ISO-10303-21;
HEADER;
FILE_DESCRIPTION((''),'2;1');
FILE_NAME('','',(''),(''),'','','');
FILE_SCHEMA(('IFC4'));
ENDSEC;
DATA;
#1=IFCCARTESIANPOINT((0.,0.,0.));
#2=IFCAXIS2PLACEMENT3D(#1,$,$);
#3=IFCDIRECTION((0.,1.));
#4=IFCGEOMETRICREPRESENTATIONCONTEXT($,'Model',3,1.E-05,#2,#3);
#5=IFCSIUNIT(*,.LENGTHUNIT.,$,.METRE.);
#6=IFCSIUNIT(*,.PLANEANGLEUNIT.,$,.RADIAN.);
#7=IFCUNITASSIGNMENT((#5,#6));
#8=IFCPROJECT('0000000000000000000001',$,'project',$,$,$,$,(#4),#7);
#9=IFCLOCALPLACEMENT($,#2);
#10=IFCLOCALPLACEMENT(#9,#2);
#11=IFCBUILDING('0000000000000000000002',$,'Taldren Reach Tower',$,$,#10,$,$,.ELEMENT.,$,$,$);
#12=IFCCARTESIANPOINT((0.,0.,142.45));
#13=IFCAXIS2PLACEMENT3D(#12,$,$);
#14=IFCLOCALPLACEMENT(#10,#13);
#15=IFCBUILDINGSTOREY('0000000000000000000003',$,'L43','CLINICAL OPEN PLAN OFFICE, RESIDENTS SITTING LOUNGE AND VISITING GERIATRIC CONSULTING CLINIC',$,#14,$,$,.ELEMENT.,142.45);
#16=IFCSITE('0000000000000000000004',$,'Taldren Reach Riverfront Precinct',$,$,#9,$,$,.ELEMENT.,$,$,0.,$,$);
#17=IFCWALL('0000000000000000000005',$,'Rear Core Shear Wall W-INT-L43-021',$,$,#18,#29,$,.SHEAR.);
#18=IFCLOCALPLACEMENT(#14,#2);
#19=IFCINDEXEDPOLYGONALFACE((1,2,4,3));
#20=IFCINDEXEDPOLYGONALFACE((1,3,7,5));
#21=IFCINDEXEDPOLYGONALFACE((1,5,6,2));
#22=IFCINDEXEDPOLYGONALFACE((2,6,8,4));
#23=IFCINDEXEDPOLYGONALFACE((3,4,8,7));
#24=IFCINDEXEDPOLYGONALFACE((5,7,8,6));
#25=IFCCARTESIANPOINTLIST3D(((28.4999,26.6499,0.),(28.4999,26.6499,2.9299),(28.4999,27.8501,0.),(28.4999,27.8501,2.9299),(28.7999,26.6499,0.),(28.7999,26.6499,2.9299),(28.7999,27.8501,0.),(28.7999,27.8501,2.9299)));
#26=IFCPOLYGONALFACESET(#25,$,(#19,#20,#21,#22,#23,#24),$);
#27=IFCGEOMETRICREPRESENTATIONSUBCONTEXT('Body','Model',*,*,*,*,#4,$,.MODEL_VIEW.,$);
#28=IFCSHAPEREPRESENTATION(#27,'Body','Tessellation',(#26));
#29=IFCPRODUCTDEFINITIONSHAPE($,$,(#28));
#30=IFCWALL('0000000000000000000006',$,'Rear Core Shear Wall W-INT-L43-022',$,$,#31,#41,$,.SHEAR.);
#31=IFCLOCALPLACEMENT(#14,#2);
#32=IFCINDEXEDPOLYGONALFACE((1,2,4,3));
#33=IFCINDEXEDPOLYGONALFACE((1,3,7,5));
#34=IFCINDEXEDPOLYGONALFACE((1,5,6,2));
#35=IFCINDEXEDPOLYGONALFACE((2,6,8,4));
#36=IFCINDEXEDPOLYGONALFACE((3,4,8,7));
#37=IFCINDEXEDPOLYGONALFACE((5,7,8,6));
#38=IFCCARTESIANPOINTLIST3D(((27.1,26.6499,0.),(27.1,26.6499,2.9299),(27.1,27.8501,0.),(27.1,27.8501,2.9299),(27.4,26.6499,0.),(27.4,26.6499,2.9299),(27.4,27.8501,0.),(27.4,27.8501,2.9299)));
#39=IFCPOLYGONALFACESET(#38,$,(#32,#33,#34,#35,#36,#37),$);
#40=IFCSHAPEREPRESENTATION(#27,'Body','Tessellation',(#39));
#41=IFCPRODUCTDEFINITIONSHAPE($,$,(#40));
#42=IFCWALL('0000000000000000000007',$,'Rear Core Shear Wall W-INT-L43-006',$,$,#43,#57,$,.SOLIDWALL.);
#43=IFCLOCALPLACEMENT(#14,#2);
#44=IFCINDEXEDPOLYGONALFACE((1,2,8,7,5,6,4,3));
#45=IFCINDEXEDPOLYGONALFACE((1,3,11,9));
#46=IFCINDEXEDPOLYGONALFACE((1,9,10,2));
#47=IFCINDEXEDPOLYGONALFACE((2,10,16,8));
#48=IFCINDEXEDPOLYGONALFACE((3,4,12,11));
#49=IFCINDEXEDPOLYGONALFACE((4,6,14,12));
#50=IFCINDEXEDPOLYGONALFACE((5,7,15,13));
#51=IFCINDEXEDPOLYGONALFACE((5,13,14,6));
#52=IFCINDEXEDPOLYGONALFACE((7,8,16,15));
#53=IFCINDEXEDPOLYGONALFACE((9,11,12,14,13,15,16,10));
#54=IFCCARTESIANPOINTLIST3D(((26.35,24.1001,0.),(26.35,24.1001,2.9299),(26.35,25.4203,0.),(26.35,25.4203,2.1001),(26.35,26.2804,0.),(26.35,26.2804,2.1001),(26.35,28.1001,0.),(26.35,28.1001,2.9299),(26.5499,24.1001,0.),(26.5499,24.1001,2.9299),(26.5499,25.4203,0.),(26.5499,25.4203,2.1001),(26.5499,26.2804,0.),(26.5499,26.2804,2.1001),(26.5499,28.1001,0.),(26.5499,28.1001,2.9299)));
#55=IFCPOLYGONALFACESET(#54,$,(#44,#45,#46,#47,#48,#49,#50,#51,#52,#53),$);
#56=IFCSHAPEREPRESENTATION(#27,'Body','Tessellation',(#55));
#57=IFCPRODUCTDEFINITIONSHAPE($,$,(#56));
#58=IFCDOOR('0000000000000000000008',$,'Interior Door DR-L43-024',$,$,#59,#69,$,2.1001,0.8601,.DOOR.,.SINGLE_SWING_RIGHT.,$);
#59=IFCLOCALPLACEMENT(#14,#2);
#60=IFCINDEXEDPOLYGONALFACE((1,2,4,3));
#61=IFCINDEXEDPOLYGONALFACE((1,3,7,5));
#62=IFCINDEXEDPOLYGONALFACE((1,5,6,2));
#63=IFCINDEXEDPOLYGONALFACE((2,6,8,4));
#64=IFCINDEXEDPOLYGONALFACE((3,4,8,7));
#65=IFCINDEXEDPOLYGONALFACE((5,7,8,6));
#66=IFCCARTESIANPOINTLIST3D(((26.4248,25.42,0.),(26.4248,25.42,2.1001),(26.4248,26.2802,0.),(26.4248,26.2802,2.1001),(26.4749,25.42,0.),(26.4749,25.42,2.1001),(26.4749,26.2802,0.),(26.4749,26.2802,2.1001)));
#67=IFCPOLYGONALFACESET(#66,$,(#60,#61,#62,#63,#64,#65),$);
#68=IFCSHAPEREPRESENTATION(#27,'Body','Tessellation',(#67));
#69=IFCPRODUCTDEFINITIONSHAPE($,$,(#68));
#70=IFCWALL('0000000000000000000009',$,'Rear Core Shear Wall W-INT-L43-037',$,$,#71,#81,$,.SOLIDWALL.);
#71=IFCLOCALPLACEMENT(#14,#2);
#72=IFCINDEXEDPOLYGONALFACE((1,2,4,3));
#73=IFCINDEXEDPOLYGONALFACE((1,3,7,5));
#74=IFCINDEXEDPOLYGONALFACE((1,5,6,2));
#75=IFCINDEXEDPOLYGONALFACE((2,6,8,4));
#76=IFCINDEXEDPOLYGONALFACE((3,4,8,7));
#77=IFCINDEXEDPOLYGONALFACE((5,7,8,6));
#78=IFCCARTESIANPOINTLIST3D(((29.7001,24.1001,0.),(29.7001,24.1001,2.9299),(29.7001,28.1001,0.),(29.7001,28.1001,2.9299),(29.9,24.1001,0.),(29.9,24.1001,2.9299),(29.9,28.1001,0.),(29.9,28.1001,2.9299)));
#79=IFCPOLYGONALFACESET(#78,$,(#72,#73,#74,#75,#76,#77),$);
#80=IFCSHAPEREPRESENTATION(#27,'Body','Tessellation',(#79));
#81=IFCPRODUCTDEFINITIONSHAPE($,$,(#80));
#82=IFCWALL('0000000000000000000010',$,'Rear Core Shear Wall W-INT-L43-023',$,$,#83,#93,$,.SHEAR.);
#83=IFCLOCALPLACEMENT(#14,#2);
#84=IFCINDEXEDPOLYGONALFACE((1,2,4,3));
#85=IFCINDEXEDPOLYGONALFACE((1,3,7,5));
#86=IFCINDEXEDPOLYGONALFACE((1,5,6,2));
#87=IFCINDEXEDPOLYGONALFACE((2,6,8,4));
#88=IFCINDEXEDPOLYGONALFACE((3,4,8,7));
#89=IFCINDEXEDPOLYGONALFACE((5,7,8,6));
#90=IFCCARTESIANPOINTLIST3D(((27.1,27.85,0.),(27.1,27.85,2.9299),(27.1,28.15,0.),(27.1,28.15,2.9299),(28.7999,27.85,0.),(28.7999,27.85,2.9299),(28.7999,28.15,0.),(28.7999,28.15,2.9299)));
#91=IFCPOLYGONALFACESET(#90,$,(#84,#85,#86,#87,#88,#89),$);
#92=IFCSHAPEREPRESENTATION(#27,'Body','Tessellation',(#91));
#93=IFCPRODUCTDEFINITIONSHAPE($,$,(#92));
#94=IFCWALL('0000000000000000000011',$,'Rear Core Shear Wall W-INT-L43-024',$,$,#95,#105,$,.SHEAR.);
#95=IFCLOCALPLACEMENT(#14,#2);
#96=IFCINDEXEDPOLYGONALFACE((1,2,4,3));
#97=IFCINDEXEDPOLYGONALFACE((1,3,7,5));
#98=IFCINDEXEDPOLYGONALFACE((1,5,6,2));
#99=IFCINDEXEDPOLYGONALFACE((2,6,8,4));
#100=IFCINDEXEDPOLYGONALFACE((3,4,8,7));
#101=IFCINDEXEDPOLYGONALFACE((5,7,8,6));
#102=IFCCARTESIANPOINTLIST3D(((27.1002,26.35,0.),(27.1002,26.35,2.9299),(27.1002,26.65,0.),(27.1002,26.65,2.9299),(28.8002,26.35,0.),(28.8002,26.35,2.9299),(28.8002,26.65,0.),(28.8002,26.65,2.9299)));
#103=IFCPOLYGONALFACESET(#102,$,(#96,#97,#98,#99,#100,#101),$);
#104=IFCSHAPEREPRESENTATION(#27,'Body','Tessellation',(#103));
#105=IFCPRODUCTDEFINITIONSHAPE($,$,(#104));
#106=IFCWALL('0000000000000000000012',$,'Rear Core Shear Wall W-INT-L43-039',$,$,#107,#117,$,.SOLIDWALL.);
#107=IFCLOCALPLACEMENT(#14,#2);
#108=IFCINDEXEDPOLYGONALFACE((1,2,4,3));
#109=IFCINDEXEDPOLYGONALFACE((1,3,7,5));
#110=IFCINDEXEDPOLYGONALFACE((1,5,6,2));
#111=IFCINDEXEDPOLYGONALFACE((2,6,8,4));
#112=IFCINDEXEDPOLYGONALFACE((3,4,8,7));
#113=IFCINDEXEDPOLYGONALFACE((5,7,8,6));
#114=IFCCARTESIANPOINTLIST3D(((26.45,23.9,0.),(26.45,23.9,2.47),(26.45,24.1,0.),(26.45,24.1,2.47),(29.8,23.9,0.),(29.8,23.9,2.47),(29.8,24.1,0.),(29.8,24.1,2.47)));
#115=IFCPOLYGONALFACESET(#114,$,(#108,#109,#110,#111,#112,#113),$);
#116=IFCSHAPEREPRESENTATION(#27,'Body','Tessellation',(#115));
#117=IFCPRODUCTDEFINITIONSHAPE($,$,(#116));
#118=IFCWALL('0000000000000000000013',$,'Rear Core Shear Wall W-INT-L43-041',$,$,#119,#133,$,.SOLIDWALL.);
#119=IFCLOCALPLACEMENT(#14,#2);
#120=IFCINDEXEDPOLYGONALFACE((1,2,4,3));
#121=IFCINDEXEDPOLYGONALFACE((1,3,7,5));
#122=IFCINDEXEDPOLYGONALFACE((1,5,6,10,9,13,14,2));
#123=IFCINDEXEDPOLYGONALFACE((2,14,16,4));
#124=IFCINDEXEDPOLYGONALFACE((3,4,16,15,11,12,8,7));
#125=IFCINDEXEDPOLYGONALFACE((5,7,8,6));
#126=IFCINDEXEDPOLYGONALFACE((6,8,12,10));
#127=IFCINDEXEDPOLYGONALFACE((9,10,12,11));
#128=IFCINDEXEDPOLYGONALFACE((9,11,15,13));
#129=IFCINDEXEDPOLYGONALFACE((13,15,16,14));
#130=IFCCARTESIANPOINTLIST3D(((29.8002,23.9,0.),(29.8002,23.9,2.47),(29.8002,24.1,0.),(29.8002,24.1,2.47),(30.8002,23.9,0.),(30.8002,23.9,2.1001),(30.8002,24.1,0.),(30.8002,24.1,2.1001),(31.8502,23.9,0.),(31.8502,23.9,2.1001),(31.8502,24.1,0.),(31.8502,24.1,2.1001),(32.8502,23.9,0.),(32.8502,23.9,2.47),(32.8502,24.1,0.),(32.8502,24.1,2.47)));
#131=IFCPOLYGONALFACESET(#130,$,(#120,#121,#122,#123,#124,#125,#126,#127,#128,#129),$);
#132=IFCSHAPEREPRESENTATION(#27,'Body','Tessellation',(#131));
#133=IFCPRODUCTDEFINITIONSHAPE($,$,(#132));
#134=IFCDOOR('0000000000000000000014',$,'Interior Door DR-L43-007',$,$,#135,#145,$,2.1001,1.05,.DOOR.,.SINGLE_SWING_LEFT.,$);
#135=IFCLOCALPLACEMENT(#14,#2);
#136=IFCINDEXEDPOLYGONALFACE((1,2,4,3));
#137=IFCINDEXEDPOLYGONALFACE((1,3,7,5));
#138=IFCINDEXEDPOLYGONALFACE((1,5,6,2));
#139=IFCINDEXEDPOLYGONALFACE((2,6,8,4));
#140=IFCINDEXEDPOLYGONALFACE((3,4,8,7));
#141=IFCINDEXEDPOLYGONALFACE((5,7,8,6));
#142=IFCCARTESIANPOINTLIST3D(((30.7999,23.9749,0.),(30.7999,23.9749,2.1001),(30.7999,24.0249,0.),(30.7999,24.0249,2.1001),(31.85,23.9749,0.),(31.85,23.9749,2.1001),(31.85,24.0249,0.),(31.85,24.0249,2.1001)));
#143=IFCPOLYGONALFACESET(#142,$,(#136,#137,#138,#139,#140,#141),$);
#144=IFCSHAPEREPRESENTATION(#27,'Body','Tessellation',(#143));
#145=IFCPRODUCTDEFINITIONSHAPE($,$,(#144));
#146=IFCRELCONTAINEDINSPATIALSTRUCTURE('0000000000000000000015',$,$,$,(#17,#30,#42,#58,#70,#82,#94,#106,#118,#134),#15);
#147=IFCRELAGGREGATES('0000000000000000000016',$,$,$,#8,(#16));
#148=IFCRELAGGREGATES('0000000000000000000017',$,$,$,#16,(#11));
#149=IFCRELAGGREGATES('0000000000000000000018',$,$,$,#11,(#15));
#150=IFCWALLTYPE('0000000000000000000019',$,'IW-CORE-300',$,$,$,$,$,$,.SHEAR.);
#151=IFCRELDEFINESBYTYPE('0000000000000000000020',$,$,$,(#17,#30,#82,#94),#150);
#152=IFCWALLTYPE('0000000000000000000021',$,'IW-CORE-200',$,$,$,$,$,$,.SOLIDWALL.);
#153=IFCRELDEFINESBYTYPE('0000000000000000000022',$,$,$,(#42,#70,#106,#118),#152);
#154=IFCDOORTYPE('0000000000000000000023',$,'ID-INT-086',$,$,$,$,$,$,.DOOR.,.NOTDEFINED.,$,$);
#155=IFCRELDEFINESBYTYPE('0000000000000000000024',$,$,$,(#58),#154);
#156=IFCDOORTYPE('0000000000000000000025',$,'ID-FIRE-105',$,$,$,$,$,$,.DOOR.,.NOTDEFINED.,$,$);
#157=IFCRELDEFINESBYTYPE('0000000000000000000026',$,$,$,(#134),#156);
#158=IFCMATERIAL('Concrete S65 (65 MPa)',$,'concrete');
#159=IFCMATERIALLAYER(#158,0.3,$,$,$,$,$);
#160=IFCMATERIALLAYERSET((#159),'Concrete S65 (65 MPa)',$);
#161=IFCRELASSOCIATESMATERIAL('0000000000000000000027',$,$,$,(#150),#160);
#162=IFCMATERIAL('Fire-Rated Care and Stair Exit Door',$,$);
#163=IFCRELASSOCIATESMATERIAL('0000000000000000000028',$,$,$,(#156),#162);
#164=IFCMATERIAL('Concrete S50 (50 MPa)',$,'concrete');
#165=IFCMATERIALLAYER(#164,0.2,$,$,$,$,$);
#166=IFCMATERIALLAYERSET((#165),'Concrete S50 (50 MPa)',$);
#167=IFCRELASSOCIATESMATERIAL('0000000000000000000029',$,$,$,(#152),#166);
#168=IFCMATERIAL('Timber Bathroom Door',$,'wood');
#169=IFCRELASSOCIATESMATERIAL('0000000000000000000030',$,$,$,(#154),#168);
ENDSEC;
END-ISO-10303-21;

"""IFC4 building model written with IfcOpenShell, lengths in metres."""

from ifc_helpers import new_model, si_unit, direction, frame, frame_2d, origin, place, context, subcontext, project, spatial, rectangle, extrude, source, transform, mapped, material, layer, layer_set, type_object, element, fill, save


model = new_model("IFC4")

# Units and contexts
model_context = context("Model", 3, precision=1e-05, world=origin(), true_north=direction((0.0, 1.0)))
body_context = subcontext(model_context, "Body", "Model", "MODEL_VIEW")
ifc_project = project(units=[si_unit("LENGTHUNIT", "METRE"), si_unit("PLANEANGLEUNIT", "RADIAN")], contexts=[model_context])

# Site, building, storey
site_placement = place(None, origin())
site = spatial("IfcSite", under=ifc_project, at=site_placement, Name="Taldren Reach Riverfront Precinct", CompositionType="ELEMENT", RefElevation=0.0)
building_placement = place(site_placement, origin())
building = spatial("IfcBuilding", under=site, at=building_placement, Name="Taldren Reach Tower", CompositionType="ELEMENT")
storey_placement = place(building_placement, frame((0.0, 0.0, 142.45)))
storey = spatial("IfcBuildingStorey", under=building, at=storey_placement, Name="L43", Description="CLINICAL OPEN PLAN OFFICE, RESIDENTS SITTING LOUNGE AND VISITING GERIATRIC CONSULTING CLINIC", CompositionType="ELEMENT", Elevation=142.45)

# Shared definitions
ifc_material_1 = material(Name="Concrete S65 (65 MPa)", Category="concrete")
ifc_layer_1 = layer(ifc_material_1, 0.3)
ifc_layer_set_1 = layer_set([ifc_layer_1], Name="Concrete S65 (65 MPa)")
wall_type_1 = type_object("IfcWallType", Name="IW-CORE-300", PredefinedType="SHEAR", material=ifc_layer_set_1)
ifc_material_2 = material(Name="Fire-Rated Care and Stair Exit Door")
door_type_1 = type_object("IfcDoorType", Name="ID-FIRE-105", OperationType="NOTDEFINED", PredefinedType="DOOR", material=ifc_material_2)
shared_shape_1 = source(origin(), body_context, "Body", "SweptSolid", [
    extrude(rectangle(XDim=1.05, YDim=2.1001, at=frame_2d((0.5249, 1.05))), frame((0.0, 0.0249, 0.0), z_axis=(0.0, -1.0, 0.0), x_axis=(1.0, 0.0, 0.0)), (0.0, 0.0, 1.0), 0.05),
])

# Shared definitions
ifc_material_3 = material(Name="Concrete S50 (50 MPa)", Category="concrete")
ifc_layer_2 = layer(ifc_material_3, 0.2)
ifc_layer_set_2 = layer_set([ifc_layer_2], Name="Concrete S50 (50 MPa)")
wall_type_2 = type_object("IfcWallType", Name="IW-CORE-200", PredefinedType="SOLIDWALL", material=ifc_layer_set_2)

# Shared definitions
shared_shape_2 = source(origin(), body_context, "Body", "SweptSolid", [
    extrude(rectangle(XDim=1.05, YDim=2.1001, at=frame_2d((0.5249, 1.05))), frame((0.0, 0.1099, 0.0), z_axis=(0.0, -1.0, 0.0), x_axis=(1.0, 0.0, 0.0)), (0.0, 0.0, 1.0), 0.22),
])

# Walls
shared_shape_3 = source(origin(), body_context, "Body", "SweptSolid", [
    extrude(rectangle(XDim=1.2002, YDim=0.3, at=frame_2d((0.6001, 0.0))), origin(), (0.0, 0.0, 1.0), 2.9299),
])
for number, where, z_axis, x_axis, name in (
    (1, (28.6499, 26.6499, 0.0), (0.0, 0.0, 1.0), (0.0, 1.0, 0.0), "Rear Core Shear Wall W-INT-L43-021"),
    (2, (27.25, 27.8501, 0.0), (0.0, 0.0, 1.0), (0.0, -1.0, 0.0), "Rear Core Shear Wall W-INT-L43-022"),
):
    element("IfcWall", number, at=place(storey_placement, frame(where, z_axis=z_axis, x_axis=x_axis)), inside=storey, type_object=wall_type_1, Name=name, PredefinedType="SHEAR", context=body_context, shape_type="MappedRepresentation", body=[
        mapped(shared_shape_3, transform((0.0, 0.0, 0.0), scale=1.0)),
    ])

# Wall, opening, door
shared_shape_4 = source(origin(), body_context, "Body", "SweptSolid", [
    extrude(rectangle(XDim=4.0, YDim=0.2, at=frame_2d((2.0, 0.0))), origin(), (0.0, 0.0, 1.0), 2.9299),
])
wall_1_placement = place(storey_placement, frame((26.45, 24.1001, 0.0), z_axis=(0.0, 0.0, 1.0), x_axis=(0.0, 1.0, 0.0)))
wall_1 = element("IfcWall", 3, at=wall_1_placement, inside=storey, type_object=wall_type_2, Name="Rear Core Shear Wall W-INT-L43-006", PredefinedType="SOLIDWALL", context=body_context, shape_type="MappedRepresentation", body=[
    mapped(shared_shape_4, transform((0.0, 0.0, 0.0), scale=1.0)),
])
shared_shape_5 = source(origin(), body_context, "Body", "SweptSolid", [
    extrude(rectangle(XDim=0.8601, YDim=2.1001, at=frame_2d((0.4302, 1.05))), frame((0.0, 0.1099, 0.0), z_axis=(0.0, -1.0, 0.0), x_axis=(1.0, 0.0, 0.0)), (0.0, 0.0, 1.0), 0.22),
])
opening_1_placement = place(wall_1_placement, frame((1.3201, 0.0, 0.0)))
opening_1 = element("IfcOpeningElement", 4, at=opening_1_placement, cuts=wall_1, PredefinedType="OPENING", context=body_context, shape_type="MappedRepresentation", body=[
    mapped(shared_shape_5, transform((0.0, 0.0, 0.0), scale=1.0)),
])
ifc_material_4 = material(Name="Timber Bathroom Door", Category="wood")
door_type_2 = type_object("IfcDoorType", Name="ID-INT-086", OperationType="NOTDEFINED", PredefinedType="DOOR", material=ifc_material_4)
shared_shape_6 = source(origin(), body_context, "Body", "SweptSolid", [
    extrude(rectangle(XDim=0.8601, YDim=2.1001, at=frame_2d((0.4302, 1.05))), frame((0.0, 0.0249, 0.0), z_axis=(0.0, -1.0, 0.0), x_axis=(1.0, 0.0, 0.0)), (0.0, 0.0, 1.0), 0.05),
])
door_1_placement = place(opening_1_placement, frame((0.8601, 0.0, 0.0), z_axis=(0.0, 0.0, 1.0), x_axis=(-1.0, 0.0, 0.0)))
door_1 = element("IfcDoor", 5, at=door_1_placement, inside=storey, type_object=door_type_2, Name="Interior Door DR-L43-024", OperationType="SINGLE_SWING_RIGHT", OverallHeight=2.1001, OverallWidth=0.8601, PredefinedType="DOOR", context=body_context, shape_type="MappedRepresentation", body=[
    mapped(shared_shape_6, transform((0.0, 0.0, 0.0), scale=1.0)),
])
fill(opening_1, door_1)

# Walls
wall_2_placement = place(storey_placement, frame((29.8, 28.1001, 0.0), z_axis=(0.0, 0.0, 1.0), x_axis=(0.0, -1.0, 0.0)))
element("IfcWall", 6, at=wall_2_placement, inside=storey, type_object=wall_type_2, Name="Rear Core Shear Wall W-INT-L43-037", PredefinedType="SOLIDWALL", context=body_context, shape_type="MappedRepresentation", body=[
    mapped(shared_shape_4, transform((0.0, 0.0, 0.0), scale=1.0)),
])
shared_shape_7 = source(origin(), body_context, "Body", "SweptSolid", [
    extrude(rectangle(XDim=1.7, YDim=0.3, at=frame_2d((0.8501, 0.0))), origin(), (0.0, 0.0, 1.0), 2.9299),
])
for number, where, z_axis, x_axis, name in (
    (7, (28.8, 28.0, 0.0), (0.0, 0.0, 1.0), (-1.0, 0.0, 0.0), "Rear Core Shear Wall W-INT-L43-023"),
    (8, (27.1001, 26.5, 0.0), (0.0, 0.0, 1.0), (1.0, 0.0, 0.0), "Rear Core Shear Wall W-INT-L43-024"),
):
    element("IfcWall", number, at=place(storey_placement, frame(where, z_axis=z_axis, x_axis=x_axis)), inside=storey, type_object=wall_type_1, Name=name, PredefinedType="SHEAR", context=body_context, shape_type="MappedRepresentation", body=[
        mapped(shared_shape_7, transform((0.0, 0.0, 0.0), scale=1.0)),
    ])
shared_shape_8 = source(origin(), body_context, "Body", "SweptSolid", [
    extrude(rectangle(XDim=3.3501, YDim=0.2, at=frame_2d((1.675, 0.0))), origin(), (0.0, 0.0, 1.0), 2.47),
])
wall_3_placement = place(storey_placement, frame((29.8, 24.0, 0.0), z_axis=(0.0, 0.0, 1.0), x_axis=(-1.0, 0.0, 0.0)))
element("IfcWall", 9, at=wall_3_placement, inside=storey, type_object=wall_type_2, Name="Rear Core Shear Wall W-INT-L43-039", PredefinedType="SOLIDWALL", context=body_context, shape_type="MappedRepresentation", body=[
    mapped(shared_shape_8, transform((0.0, 0.0, 0.0), scale=1.0)),
])

# Wall, opening, door
shared_shape_9 = source(origin(), body_context, "Body", "SweptSolid", [
    extrude(rectangle(XDim=3.05, YDim=0.2, at=frame_2d((1.5249, 0.0))), origin(), (0.0, 0.0, 1.0), 2.47),
])
wall_4_placement = place(storey_placement, frame((32.8501, 24.0, 0.0), z_axis=(0.0, 0.0, 1.0), x_axis=(-1.0, 0.0, 0.0)))
wall_4 = element("IfcWall", 10, at=wall_4_placement, inside=storey, type_object=wall_type_2, Name="Rear Core Shear Wall W-INT-L43-041", PredefinedType="SOLIDWALL", context=body_context, shape_type="MappedRepresentation", body=[
    mapped(shared_shape_9, transform((0.0, 0.0, 0.0), scale=1.0)),
])
opening_2_placement = place(wall_4_placement, frame((1.0, 0.0, 0.0)))
opening_2 = element("IfcOpeningElement", 11, at=opening_2_placement, cuts=wall_4, PredefinedType="OPENING", context=body_context, shape_type="MappedRepresentation", body=[
    mapped(shared_shape_2, transform((0.0, 0.0, 0.0), scale=1.0)),
])
door_2_placement = place(opening_2_placement, frame((1.05, 0.0, 0.0), z_axis=(0.0, 0.0, 1.0), x_axis=(-1.0, 0.0, 0.0)))
door_2 = element("IfcDoor", 12, at=door_2_placement, inside=storey, type_object=door_type_1, Name="Interior Door DR-L43-007", OperationType="SINGLE_SWING_LEFT", OverallHeight=2.1001, OverallWidth=1.05, PredefinedType="DOOR", context=body_context, shape_type="MappedRepresentation", body=[
    mapped(shared_shape_1, transform((0.0, 0.0, 0.0), scale=1.0)),
])
fill(opening_2, door_2)

save(model, "model.ifc")
